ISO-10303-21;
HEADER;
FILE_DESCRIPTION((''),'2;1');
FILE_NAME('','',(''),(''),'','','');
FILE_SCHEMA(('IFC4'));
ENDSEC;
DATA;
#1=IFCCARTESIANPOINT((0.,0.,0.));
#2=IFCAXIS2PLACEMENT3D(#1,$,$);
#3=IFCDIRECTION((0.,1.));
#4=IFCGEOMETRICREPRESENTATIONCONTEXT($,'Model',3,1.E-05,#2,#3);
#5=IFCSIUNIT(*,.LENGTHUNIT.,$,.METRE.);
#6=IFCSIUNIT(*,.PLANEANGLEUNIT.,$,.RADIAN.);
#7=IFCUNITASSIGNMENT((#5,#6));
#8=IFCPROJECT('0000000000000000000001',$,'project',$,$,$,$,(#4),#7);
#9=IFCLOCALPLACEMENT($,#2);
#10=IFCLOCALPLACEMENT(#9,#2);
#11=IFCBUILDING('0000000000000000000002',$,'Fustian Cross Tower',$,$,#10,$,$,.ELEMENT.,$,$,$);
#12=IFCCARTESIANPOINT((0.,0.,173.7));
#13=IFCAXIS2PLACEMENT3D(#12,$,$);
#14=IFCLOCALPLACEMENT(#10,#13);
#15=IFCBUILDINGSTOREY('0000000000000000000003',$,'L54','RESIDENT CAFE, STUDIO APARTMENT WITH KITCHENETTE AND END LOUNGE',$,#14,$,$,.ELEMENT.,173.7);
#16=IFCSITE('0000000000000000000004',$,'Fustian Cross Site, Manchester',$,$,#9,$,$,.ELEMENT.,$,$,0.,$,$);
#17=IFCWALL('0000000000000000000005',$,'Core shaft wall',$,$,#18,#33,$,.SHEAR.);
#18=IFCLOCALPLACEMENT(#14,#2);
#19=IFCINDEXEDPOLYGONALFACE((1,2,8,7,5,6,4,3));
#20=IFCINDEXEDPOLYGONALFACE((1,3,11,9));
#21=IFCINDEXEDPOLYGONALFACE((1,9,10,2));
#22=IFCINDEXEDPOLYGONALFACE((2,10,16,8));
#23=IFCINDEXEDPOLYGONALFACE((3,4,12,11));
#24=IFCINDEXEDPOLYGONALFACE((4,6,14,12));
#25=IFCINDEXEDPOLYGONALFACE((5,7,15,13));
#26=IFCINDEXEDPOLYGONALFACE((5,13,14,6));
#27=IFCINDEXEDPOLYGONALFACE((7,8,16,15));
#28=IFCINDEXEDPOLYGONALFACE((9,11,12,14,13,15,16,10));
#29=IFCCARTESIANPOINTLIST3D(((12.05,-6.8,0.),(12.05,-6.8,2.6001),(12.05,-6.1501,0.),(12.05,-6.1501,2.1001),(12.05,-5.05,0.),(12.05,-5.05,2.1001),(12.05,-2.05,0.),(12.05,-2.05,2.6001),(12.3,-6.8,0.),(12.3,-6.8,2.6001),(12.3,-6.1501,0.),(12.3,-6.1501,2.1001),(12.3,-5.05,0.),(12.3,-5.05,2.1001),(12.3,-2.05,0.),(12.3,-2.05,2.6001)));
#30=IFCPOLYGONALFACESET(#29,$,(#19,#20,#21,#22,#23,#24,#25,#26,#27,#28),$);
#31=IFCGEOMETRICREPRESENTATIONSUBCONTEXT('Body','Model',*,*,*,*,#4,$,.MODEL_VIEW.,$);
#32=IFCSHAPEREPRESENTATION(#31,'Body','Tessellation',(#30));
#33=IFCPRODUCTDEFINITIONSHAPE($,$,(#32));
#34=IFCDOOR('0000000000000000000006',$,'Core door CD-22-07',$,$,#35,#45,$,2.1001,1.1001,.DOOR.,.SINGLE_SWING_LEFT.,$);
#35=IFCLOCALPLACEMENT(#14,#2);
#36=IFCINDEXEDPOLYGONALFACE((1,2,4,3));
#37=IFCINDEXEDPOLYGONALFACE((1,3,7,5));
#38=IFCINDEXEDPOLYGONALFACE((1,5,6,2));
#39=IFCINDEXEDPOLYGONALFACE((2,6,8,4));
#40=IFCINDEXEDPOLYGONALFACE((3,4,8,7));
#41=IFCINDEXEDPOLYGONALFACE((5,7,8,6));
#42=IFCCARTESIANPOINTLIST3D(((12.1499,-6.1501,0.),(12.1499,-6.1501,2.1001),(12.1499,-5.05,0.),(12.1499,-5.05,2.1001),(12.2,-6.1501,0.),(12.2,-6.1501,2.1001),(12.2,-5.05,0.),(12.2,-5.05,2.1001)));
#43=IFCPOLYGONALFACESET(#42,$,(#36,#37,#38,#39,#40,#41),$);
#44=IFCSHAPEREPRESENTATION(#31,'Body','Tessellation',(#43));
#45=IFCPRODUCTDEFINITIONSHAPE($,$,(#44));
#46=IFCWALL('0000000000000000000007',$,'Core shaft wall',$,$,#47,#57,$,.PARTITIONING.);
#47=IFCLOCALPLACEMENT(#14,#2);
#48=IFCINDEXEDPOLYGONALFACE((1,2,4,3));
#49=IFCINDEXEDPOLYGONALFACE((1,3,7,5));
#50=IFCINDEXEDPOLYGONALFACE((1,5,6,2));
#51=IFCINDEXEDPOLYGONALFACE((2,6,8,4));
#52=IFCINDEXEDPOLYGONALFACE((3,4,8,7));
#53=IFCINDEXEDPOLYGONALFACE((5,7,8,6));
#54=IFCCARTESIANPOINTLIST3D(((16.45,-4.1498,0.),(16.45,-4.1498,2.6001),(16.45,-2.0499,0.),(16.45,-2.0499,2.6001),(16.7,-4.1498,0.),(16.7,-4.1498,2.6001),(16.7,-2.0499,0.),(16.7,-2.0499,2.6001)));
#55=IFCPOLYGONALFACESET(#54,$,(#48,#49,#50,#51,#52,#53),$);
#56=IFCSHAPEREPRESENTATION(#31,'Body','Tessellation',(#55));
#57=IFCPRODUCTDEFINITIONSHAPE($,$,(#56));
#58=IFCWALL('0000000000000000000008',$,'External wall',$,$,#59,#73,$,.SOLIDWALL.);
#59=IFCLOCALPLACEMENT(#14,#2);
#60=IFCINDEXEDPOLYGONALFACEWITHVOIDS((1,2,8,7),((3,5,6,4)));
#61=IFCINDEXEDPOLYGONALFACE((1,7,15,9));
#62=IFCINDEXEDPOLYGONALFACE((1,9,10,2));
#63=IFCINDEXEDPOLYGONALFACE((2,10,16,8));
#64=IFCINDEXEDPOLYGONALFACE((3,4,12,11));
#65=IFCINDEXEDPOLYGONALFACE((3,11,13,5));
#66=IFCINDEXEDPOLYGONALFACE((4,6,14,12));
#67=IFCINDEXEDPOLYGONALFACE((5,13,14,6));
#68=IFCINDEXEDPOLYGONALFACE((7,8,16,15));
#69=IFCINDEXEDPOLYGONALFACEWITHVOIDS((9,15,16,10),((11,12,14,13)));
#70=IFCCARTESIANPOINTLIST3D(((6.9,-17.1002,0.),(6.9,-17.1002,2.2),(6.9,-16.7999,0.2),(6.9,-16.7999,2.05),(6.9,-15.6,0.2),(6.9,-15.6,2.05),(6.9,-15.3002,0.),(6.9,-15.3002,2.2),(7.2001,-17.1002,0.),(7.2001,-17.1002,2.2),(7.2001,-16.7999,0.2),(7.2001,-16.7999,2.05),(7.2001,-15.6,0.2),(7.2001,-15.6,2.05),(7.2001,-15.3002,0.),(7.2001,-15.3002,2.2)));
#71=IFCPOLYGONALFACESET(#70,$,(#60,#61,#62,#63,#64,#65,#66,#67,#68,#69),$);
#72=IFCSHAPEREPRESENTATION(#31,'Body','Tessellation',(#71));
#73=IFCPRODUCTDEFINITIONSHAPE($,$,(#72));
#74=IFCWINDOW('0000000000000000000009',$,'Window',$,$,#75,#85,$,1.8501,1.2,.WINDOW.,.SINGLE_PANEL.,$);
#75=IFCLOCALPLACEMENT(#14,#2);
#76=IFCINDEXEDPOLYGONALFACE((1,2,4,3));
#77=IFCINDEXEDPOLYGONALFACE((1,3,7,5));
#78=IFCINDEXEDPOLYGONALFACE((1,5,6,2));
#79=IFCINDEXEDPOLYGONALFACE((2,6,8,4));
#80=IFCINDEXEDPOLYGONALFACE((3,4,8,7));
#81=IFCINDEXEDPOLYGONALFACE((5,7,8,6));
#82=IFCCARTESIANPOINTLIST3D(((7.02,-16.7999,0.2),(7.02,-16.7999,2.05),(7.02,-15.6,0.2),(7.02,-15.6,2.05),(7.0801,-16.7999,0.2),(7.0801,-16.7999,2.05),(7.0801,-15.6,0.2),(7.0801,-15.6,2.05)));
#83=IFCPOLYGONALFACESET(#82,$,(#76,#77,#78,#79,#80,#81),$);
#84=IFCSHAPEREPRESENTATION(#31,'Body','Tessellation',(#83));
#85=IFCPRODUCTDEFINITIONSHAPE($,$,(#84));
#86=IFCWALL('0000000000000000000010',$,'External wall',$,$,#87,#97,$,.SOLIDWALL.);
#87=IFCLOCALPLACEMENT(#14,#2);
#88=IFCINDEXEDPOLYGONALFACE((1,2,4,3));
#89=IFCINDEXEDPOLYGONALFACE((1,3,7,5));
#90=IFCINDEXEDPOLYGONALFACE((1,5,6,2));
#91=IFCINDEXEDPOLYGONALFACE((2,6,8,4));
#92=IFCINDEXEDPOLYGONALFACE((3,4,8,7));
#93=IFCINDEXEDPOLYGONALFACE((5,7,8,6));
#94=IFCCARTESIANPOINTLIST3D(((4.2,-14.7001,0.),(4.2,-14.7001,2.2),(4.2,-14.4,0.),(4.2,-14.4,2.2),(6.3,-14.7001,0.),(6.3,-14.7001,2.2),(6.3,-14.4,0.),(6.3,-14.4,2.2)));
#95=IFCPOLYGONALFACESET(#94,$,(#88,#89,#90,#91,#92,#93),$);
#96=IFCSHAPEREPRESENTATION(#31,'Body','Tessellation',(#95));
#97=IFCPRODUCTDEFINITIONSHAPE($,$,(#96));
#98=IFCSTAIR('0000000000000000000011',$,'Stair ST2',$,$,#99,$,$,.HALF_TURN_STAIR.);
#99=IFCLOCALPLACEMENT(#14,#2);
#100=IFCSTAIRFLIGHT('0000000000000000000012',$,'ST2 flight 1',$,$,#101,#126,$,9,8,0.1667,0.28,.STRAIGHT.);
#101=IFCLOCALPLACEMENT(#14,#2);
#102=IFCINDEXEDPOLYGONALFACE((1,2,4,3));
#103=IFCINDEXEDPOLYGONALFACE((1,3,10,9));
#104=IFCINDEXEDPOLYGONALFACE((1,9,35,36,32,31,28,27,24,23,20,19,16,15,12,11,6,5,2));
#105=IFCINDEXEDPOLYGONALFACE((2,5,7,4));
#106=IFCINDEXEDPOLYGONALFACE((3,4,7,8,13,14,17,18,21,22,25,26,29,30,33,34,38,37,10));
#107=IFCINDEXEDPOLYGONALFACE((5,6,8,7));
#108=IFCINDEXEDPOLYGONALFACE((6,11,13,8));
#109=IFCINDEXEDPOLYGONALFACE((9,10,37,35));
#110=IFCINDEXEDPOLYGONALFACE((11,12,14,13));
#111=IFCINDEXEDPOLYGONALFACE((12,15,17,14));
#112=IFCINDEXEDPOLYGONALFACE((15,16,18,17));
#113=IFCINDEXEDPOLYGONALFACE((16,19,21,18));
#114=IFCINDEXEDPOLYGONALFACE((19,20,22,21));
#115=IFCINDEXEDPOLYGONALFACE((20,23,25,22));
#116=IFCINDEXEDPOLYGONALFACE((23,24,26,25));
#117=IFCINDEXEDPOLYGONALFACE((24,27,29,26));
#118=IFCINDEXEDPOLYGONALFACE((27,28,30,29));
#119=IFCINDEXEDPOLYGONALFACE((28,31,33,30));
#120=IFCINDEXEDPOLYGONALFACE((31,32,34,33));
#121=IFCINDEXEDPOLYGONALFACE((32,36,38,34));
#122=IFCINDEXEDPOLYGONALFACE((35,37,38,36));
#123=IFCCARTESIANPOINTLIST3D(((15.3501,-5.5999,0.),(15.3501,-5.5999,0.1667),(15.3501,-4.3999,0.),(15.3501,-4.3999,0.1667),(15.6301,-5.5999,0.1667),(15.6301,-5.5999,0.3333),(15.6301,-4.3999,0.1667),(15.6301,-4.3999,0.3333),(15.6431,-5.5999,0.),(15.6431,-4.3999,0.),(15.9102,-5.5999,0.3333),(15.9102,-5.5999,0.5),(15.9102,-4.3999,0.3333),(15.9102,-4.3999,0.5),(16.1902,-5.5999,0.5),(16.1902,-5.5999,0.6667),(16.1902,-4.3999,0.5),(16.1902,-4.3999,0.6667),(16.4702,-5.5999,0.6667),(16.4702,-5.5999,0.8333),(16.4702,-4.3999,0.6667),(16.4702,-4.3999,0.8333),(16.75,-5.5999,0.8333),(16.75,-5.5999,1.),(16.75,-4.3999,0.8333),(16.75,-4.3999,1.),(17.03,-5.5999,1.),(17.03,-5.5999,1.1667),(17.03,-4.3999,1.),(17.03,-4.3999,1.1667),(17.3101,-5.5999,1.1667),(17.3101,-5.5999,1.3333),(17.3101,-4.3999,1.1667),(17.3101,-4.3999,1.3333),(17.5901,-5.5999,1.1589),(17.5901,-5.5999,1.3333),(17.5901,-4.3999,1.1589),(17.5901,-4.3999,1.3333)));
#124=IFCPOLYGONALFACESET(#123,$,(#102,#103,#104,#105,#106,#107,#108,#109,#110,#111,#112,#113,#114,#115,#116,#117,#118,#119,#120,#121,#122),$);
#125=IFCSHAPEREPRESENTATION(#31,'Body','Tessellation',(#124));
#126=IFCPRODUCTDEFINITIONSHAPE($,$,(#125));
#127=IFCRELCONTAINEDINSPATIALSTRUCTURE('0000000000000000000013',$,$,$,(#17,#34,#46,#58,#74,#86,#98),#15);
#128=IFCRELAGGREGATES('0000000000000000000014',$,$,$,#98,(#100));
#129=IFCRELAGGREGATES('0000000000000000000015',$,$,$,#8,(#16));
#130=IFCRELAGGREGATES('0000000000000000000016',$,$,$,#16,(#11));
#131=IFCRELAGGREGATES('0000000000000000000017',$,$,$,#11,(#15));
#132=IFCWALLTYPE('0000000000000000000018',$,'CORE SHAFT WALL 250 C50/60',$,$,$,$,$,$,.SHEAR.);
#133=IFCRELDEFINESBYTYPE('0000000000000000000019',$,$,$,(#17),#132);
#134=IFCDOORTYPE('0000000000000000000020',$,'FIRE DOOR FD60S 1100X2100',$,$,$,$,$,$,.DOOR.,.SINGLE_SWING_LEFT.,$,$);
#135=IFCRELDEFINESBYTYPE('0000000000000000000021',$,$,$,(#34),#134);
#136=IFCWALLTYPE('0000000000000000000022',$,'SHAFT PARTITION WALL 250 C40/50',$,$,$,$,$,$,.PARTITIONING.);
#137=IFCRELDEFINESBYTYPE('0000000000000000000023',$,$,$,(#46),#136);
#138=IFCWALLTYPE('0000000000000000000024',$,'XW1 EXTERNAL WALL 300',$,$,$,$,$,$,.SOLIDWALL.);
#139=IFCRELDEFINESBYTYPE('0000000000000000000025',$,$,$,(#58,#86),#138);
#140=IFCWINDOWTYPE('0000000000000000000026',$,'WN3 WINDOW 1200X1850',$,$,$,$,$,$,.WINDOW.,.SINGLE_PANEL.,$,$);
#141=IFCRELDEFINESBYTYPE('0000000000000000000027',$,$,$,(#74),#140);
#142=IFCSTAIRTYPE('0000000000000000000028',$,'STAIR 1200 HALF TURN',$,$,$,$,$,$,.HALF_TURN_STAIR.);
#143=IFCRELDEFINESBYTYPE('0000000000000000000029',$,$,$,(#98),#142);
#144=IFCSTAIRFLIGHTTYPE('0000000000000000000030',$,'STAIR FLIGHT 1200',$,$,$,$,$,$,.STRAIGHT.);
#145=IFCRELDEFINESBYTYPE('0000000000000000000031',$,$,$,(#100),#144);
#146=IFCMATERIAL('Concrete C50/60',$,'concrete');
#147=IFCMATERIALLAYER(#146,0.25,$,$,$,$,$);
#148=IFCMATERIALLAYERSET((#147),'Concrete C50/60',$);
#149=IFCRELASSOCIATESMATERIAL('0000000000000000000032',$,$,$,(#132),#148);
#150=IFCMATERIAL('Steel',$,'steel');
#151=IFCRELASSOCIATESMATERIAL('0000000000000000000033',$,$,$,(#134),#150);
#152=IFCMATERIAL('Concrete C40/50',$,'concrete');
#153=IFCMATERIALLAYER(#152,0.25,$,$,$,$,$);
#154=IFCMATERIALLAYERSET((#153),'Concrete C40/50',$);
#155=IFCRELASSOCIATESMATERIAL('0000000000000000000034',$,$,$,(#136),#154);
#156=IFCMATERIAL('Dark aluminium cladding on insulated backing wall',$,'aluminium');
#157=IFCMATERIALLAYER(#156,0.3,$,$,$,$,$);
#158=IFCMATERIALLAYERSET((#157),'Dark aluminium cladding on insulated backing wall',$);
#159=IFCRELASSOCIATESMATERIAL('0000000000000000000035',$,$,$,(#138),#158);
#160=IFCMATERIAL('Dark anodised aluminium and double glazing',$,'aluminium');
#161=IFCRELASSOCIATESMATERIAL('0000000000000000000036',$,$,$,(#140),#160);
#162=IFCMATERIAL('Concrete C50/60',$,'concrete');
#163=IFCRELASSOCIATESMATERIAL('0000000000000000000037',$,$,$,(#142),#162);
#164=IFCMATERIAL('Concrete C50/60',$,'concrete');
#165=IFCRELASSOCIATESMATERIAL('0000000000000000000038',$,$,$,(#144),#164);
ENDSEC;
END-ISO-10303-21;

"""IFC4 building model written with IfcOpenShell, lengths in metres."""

from ifc_helpers import new_model, si_unit, direction, frame, frame_2d, origin, place, context, subcontext, project, spatial, polyline, rectangle, outline, extrude, material, layer, layer_set, type_object, element, fill, aggregate, save


model = new_model("IFC4")

# Units and contexts
model_context = context("Model", 3, precision=1e-05, world=origin(), true_north=direction((0.0, 1.0)))
body_context = subcontext(model_context, "Body", "Model", "MODEL_VIEW")
ifc_project = project(units=[si_unit("LENGTHUNIT", "METRE"), si_unit("PLANEANGLEUNIT", "RADIAN")], contexts=[model_context])

# Site, building, storey
site_placement = place(None, origin())
site = spatial("IfcSite", under=ifc_project, at=site_placement, Name="Fustian Cross Site, Manchester", CompositionType="ELEMENT", RefElevation=0.0)
building_placement = place(site_placement, origin())
building = spatial("IfcBuilding", under=site, at=building_placement, Name="Fustian Cross Tower", CompositionType="ELEMENT")
storey_placement = place(building_placement, frame((0.0, 0.0, 173.7)))
storey = spatial("IfcBuildingStorey", under=building, at=storey_placement, Name="L54", Description="RESIDENT CAFE, STUDIO APARTMENT WITH KITCHENETTE AND END LOUNGE", CompositionType="ELEMENT", Elevation=173.7)

# Shared definitions
ifc_material_1 = material(Name="Concrete C50/60", Category="concrete")
ifc_layer_1 = layer(ifc_material_1, 0.25)
ifc_layer_set_1 = layer_set([ifc_layer_1], Name="Concrete C50/60")
wall_type_1 = type_object("IfcWallType", Name="CORE SHAFT WALL 250 C50/60", PredefinedType="SHEAR", material=ifc_layer_set_1)

# Wall, opening, door
wall_1_placement = place(storey_placement, frame((12.175, -2.05, 0.0), z_axis=(0.0, 0.0, 1.0), x_axis=(0.0, -1.0, 0.0)))
wall_1 = element("IfcWall", 1, at=wall_1_placement, inside=storey, type_object=wall_type_1, Name="Core shaft wall", PredefinedType="SHEAR", context=body_context, shape_type="SweptSolid", body=[
    extrude(rectangle(XDim=4.75, YDim=0.25, at=frame_2d((2.375, 0.0))), origin(), (0.0, 0.0, 1.0), 2.6001),
])
opening_1_placement = place(wall_1_placement, frame((3.0, 0.0, 0.0)))
opening_1 = element("IfcOpeningElement", 2, at=opening_1_placement, cuts=wall_1, PredefinedType="OPENING", context=body_context, shape_type="SweptSolid", body=[
    extrude(rectangle(XDim=1.1001, YDim=2.1001, at=frame_2d((0.55, 1.05))), frame((0.0, 0.135, 0.0), z_axis=(0.0, -1.0, 0.0), x_axis=(1.0, 0.0, 0.0)), (0.0, 0.0, 1.0), 0.27),
])
ifc_material_2 = material(Name="Steel", Category="steel")
door_type_1 = type_object("IfcDoorType", Name="FIRE DOOR FD60S 1100X2100", OperationType="SINGLE_SWING_LEFT", PredefinedType="DOOR", material=ifc_material_2)
door_1_placement = place(opening_1_placement, origin())
door_1 = element("IfcDoor", 3, at=door_1_placement, inside=storey, type_object=door_type_1, Name="Core door CD-22-07", OperationType="SINGLE_SWING_LEFT", OverallHeight=2.1001, OverallWidth=1.1001, PredefinedType="DOOR", context=body_context, shape_type="SweptSolid", body=[
    extrude(rectangle(XDim=1.1001, YDim=2.1001, at=frame_2d((0.55, 1.05))), frame((0.0, 0.0249, 0.0), z_axis=(0.0, -1.0, 0.0), x_axis=(1.0, 0.0, 0.0)), (0.0, 0.0, 1.0), 0.05),
])
fill(opening_1, door_1)

# Wall
ifc_material_3 = material(Name="Concrete C40/50", Category="concrete")
ifc_layer_2 = layer(ifc_material_3, 0.25)
ifc_layer_set_2 = layer_set([ifc_layer_2], Name="Concrete C40/50")
wall_type_2 = type_object("IfcWallType", Name="SHAFT PARTITION WALL 250 C40/50", PredefinedType="PARTITIONING", material=ifc_layer_set_2)
wall_2_placement = place(storey_placement, frame((16.575, -2.05, 0.0), z_axis=(0.0, 0.0, 1.0), x_axis=(0.0, -1.0, 0.0)))
element("IfcWall", 4, at=wall_2_placement, inside=storey, type_object=wall_type_2, Name="Core shaft wall", PredefinedType="PARTITIONING", context=body_context, shape_type="SweptSolid", body=[
    extrude(rectangle(XDim=2.0999, YDim=0.25, at=frame_2d((1.0498, 0.0))), origin(), (0.0, 0.0, 1.0), 2.6001),
])

# Wall, opening, window
ifc_material_4 = material(Name="Dark aluminium cladding on insulated backing wall", Category="aluminium")
ifc_layer_3 = layer(ifc_material_4, 0.3)
ifc_layer_set_3 = layer_set([ifc_layer_3], Name="Dark aluminium cladding on insulated backing wall")
wall_type_3 = type_object("IfcWallType", Name="XW1 EXTERNAL WALL 300", PredefinedType="SOLIDWALL", material=ifc_layer_set_3)
wall_3_placement = place(storey_placement, frame((7.05, -17.1001, 0.0), z_axis=(0.0, 0.0, 1.0), x_axis=(0.0, 1.0, 0.0)))
wall_3 = element("IfcWall", 5, at=wall_3_placement, inside=storey, type_object=wall_type_3, Name="External wall", PredefinedType="SOLIDWALL", context=body_context, shape_type="SweptSolid", body=[
    extrude(rectangle(XDim=1.8, YDim=0.3, at=frame_2d((0.8999, 0.0))), origin(), (0.0, 0.0, 1.0), 2.2),
])
opening_2_placement = place(wall_3_placement, frame((0.3, 0.0, 0.2)))
opening_2 = element("IfcOpeningElement", 6, at=opening_2_placement, cuts=wall_3, PredefinedType="OPENING", context=body_context, shape_type="SweptSolid", body=[
    extrude(rectangle(XDim=1.2, YDim=1.8501, at=frame_2d((0.6001, 0.925))), frame((0.0, 0.1599, 0.0), z_axis=(0.0, -1.0, 0.0), x_axis=(1.0, 0.0, 0.0)), (0.0, 0.0, 1.0), 0.3201),
])
ifc_material_5 = material(Name="Dark anodised aluminium and double glazing", Category="aluminium")
window_type = type_object("IfcWindowType", Name="WN3 WINDOW 1200X1850", PartitioningType="SINGLE_PANEL", PredefinedType="WINDOW", material=ifc_material_5)
window_placement = place(opening_2_placement, origin())
window = element("IfcWindow", 7, at=window_placement, inside=storey, type_object=window_type, Name="Window", OverallHeight=1.8501, OverallWidth=1.2, PartitioningType="SINGLE_PANEL", PredefinedType="WINDOW", context=body_context, shape_type="SweptSolid", body=[
    extrude(rectangle(XDim=1.2, YDim=1.8501, at=frame_2d((0.6001, 0.925))), frame((0.0, 0.03, 0.0), z_axis=(0.0, -1.0, 0.0), x_axis=(1.0, 0.0, 0.0)), (0.0, 0.0, 1.0), 0.0601),
])
fill(opening_2, window)

# Wall
wall_4_placement = place(storey_placement, frame((6.3, -14.55, 0.0), z_axis=(0.0, 0.0, 1.0), x_axis=(-1.0, 0.0, 0.0)))
element("IfcWall", 8, at=wall_4_placement, inside=storey, type_object=wall_type_3, Name="External wall", PredefinedType="SOLIDWALL", context=body_context, shape_type="SweptSolid", body=[
    extrude(rectangle(XDim=2.1001, YDim=0.3, at=frame_2d((1.05, 0.0))), origin(), (0.0, 0.0, 1.0), 2.2),
])

# Stair, stair flight
ifc_material_6 = material(Name="Concrete C50/60", Category="concrete")
stair_type = type_object("IfcStairType", Name="STAIR 1200 HALF TURN", PredefinedType="HALF_TURN_STAIR", material=ifc_material_6)
stair_placement = place(storey_placement, origin())
stair = element("IfcStair", 9, at=stair_placement, inside=storey, type_object=stair_type, Name="Stair ST2", PredefinedType="HALF_TURN_STAIR")
ifc_material_7 = material(Name="Concrete C50/60", Category="concrete")
stair_flight_type = type_object("IfcStairFlightType", Name="STAIR FLIGHT 1200", PredefinedType="STRAIGHT", material=ifc_material_7)
stair_flight_placement = place(storey_placement, frame((15.3501, -5.0, 0.0), z_axis=(0.0, 0.0, 1.0), x_axis=(1.0, 0.0, 0.0)))
stair_flight = element("IfcStairFlight", 10, at=stair_flight_placement, type_object=stair_flight_type, Name="ST2 flight 1", NumberOfRisers=9, NumberOfTreads=8, PredefinedType="STRAIGHT", RiserHeight=0.1667, TreadLength=0.28, context=body_context, shape_type="SweptSolid", body=[
    extrude(outline(polyline([(0.0, 0.0), (0.0, 0.1667), (0.28, 0.1667), (0.28, 0.3333), (0.5601, 0.3333), (0.5601, 0.5), (0.8401, 0.5), (0.8401, 0.6667), (1.1201, 0.6667), (1.1201, 0.8333), (1.3999, 0.8333), (1.3999, 1.0), (1.6799, 1.0), (1.6799, 1.1667), (1.96, 1.1667), (1.96, 1.3333), (2.24, 1.3333), (2.24, 1.5), (2.24, 1.1589), (0.293, 0.0), (0.0, 0.0)])), frame((0.0, 0.6001, 0.0), z_axis=(0.0, -1.0, 0.0), x_axis=(1.0, 0.0, 0.0)), (0.0, 0.0, 1.0), 1.2),
])
aggregate(stair, [stair_flight])

save(model, "model.ifc")
